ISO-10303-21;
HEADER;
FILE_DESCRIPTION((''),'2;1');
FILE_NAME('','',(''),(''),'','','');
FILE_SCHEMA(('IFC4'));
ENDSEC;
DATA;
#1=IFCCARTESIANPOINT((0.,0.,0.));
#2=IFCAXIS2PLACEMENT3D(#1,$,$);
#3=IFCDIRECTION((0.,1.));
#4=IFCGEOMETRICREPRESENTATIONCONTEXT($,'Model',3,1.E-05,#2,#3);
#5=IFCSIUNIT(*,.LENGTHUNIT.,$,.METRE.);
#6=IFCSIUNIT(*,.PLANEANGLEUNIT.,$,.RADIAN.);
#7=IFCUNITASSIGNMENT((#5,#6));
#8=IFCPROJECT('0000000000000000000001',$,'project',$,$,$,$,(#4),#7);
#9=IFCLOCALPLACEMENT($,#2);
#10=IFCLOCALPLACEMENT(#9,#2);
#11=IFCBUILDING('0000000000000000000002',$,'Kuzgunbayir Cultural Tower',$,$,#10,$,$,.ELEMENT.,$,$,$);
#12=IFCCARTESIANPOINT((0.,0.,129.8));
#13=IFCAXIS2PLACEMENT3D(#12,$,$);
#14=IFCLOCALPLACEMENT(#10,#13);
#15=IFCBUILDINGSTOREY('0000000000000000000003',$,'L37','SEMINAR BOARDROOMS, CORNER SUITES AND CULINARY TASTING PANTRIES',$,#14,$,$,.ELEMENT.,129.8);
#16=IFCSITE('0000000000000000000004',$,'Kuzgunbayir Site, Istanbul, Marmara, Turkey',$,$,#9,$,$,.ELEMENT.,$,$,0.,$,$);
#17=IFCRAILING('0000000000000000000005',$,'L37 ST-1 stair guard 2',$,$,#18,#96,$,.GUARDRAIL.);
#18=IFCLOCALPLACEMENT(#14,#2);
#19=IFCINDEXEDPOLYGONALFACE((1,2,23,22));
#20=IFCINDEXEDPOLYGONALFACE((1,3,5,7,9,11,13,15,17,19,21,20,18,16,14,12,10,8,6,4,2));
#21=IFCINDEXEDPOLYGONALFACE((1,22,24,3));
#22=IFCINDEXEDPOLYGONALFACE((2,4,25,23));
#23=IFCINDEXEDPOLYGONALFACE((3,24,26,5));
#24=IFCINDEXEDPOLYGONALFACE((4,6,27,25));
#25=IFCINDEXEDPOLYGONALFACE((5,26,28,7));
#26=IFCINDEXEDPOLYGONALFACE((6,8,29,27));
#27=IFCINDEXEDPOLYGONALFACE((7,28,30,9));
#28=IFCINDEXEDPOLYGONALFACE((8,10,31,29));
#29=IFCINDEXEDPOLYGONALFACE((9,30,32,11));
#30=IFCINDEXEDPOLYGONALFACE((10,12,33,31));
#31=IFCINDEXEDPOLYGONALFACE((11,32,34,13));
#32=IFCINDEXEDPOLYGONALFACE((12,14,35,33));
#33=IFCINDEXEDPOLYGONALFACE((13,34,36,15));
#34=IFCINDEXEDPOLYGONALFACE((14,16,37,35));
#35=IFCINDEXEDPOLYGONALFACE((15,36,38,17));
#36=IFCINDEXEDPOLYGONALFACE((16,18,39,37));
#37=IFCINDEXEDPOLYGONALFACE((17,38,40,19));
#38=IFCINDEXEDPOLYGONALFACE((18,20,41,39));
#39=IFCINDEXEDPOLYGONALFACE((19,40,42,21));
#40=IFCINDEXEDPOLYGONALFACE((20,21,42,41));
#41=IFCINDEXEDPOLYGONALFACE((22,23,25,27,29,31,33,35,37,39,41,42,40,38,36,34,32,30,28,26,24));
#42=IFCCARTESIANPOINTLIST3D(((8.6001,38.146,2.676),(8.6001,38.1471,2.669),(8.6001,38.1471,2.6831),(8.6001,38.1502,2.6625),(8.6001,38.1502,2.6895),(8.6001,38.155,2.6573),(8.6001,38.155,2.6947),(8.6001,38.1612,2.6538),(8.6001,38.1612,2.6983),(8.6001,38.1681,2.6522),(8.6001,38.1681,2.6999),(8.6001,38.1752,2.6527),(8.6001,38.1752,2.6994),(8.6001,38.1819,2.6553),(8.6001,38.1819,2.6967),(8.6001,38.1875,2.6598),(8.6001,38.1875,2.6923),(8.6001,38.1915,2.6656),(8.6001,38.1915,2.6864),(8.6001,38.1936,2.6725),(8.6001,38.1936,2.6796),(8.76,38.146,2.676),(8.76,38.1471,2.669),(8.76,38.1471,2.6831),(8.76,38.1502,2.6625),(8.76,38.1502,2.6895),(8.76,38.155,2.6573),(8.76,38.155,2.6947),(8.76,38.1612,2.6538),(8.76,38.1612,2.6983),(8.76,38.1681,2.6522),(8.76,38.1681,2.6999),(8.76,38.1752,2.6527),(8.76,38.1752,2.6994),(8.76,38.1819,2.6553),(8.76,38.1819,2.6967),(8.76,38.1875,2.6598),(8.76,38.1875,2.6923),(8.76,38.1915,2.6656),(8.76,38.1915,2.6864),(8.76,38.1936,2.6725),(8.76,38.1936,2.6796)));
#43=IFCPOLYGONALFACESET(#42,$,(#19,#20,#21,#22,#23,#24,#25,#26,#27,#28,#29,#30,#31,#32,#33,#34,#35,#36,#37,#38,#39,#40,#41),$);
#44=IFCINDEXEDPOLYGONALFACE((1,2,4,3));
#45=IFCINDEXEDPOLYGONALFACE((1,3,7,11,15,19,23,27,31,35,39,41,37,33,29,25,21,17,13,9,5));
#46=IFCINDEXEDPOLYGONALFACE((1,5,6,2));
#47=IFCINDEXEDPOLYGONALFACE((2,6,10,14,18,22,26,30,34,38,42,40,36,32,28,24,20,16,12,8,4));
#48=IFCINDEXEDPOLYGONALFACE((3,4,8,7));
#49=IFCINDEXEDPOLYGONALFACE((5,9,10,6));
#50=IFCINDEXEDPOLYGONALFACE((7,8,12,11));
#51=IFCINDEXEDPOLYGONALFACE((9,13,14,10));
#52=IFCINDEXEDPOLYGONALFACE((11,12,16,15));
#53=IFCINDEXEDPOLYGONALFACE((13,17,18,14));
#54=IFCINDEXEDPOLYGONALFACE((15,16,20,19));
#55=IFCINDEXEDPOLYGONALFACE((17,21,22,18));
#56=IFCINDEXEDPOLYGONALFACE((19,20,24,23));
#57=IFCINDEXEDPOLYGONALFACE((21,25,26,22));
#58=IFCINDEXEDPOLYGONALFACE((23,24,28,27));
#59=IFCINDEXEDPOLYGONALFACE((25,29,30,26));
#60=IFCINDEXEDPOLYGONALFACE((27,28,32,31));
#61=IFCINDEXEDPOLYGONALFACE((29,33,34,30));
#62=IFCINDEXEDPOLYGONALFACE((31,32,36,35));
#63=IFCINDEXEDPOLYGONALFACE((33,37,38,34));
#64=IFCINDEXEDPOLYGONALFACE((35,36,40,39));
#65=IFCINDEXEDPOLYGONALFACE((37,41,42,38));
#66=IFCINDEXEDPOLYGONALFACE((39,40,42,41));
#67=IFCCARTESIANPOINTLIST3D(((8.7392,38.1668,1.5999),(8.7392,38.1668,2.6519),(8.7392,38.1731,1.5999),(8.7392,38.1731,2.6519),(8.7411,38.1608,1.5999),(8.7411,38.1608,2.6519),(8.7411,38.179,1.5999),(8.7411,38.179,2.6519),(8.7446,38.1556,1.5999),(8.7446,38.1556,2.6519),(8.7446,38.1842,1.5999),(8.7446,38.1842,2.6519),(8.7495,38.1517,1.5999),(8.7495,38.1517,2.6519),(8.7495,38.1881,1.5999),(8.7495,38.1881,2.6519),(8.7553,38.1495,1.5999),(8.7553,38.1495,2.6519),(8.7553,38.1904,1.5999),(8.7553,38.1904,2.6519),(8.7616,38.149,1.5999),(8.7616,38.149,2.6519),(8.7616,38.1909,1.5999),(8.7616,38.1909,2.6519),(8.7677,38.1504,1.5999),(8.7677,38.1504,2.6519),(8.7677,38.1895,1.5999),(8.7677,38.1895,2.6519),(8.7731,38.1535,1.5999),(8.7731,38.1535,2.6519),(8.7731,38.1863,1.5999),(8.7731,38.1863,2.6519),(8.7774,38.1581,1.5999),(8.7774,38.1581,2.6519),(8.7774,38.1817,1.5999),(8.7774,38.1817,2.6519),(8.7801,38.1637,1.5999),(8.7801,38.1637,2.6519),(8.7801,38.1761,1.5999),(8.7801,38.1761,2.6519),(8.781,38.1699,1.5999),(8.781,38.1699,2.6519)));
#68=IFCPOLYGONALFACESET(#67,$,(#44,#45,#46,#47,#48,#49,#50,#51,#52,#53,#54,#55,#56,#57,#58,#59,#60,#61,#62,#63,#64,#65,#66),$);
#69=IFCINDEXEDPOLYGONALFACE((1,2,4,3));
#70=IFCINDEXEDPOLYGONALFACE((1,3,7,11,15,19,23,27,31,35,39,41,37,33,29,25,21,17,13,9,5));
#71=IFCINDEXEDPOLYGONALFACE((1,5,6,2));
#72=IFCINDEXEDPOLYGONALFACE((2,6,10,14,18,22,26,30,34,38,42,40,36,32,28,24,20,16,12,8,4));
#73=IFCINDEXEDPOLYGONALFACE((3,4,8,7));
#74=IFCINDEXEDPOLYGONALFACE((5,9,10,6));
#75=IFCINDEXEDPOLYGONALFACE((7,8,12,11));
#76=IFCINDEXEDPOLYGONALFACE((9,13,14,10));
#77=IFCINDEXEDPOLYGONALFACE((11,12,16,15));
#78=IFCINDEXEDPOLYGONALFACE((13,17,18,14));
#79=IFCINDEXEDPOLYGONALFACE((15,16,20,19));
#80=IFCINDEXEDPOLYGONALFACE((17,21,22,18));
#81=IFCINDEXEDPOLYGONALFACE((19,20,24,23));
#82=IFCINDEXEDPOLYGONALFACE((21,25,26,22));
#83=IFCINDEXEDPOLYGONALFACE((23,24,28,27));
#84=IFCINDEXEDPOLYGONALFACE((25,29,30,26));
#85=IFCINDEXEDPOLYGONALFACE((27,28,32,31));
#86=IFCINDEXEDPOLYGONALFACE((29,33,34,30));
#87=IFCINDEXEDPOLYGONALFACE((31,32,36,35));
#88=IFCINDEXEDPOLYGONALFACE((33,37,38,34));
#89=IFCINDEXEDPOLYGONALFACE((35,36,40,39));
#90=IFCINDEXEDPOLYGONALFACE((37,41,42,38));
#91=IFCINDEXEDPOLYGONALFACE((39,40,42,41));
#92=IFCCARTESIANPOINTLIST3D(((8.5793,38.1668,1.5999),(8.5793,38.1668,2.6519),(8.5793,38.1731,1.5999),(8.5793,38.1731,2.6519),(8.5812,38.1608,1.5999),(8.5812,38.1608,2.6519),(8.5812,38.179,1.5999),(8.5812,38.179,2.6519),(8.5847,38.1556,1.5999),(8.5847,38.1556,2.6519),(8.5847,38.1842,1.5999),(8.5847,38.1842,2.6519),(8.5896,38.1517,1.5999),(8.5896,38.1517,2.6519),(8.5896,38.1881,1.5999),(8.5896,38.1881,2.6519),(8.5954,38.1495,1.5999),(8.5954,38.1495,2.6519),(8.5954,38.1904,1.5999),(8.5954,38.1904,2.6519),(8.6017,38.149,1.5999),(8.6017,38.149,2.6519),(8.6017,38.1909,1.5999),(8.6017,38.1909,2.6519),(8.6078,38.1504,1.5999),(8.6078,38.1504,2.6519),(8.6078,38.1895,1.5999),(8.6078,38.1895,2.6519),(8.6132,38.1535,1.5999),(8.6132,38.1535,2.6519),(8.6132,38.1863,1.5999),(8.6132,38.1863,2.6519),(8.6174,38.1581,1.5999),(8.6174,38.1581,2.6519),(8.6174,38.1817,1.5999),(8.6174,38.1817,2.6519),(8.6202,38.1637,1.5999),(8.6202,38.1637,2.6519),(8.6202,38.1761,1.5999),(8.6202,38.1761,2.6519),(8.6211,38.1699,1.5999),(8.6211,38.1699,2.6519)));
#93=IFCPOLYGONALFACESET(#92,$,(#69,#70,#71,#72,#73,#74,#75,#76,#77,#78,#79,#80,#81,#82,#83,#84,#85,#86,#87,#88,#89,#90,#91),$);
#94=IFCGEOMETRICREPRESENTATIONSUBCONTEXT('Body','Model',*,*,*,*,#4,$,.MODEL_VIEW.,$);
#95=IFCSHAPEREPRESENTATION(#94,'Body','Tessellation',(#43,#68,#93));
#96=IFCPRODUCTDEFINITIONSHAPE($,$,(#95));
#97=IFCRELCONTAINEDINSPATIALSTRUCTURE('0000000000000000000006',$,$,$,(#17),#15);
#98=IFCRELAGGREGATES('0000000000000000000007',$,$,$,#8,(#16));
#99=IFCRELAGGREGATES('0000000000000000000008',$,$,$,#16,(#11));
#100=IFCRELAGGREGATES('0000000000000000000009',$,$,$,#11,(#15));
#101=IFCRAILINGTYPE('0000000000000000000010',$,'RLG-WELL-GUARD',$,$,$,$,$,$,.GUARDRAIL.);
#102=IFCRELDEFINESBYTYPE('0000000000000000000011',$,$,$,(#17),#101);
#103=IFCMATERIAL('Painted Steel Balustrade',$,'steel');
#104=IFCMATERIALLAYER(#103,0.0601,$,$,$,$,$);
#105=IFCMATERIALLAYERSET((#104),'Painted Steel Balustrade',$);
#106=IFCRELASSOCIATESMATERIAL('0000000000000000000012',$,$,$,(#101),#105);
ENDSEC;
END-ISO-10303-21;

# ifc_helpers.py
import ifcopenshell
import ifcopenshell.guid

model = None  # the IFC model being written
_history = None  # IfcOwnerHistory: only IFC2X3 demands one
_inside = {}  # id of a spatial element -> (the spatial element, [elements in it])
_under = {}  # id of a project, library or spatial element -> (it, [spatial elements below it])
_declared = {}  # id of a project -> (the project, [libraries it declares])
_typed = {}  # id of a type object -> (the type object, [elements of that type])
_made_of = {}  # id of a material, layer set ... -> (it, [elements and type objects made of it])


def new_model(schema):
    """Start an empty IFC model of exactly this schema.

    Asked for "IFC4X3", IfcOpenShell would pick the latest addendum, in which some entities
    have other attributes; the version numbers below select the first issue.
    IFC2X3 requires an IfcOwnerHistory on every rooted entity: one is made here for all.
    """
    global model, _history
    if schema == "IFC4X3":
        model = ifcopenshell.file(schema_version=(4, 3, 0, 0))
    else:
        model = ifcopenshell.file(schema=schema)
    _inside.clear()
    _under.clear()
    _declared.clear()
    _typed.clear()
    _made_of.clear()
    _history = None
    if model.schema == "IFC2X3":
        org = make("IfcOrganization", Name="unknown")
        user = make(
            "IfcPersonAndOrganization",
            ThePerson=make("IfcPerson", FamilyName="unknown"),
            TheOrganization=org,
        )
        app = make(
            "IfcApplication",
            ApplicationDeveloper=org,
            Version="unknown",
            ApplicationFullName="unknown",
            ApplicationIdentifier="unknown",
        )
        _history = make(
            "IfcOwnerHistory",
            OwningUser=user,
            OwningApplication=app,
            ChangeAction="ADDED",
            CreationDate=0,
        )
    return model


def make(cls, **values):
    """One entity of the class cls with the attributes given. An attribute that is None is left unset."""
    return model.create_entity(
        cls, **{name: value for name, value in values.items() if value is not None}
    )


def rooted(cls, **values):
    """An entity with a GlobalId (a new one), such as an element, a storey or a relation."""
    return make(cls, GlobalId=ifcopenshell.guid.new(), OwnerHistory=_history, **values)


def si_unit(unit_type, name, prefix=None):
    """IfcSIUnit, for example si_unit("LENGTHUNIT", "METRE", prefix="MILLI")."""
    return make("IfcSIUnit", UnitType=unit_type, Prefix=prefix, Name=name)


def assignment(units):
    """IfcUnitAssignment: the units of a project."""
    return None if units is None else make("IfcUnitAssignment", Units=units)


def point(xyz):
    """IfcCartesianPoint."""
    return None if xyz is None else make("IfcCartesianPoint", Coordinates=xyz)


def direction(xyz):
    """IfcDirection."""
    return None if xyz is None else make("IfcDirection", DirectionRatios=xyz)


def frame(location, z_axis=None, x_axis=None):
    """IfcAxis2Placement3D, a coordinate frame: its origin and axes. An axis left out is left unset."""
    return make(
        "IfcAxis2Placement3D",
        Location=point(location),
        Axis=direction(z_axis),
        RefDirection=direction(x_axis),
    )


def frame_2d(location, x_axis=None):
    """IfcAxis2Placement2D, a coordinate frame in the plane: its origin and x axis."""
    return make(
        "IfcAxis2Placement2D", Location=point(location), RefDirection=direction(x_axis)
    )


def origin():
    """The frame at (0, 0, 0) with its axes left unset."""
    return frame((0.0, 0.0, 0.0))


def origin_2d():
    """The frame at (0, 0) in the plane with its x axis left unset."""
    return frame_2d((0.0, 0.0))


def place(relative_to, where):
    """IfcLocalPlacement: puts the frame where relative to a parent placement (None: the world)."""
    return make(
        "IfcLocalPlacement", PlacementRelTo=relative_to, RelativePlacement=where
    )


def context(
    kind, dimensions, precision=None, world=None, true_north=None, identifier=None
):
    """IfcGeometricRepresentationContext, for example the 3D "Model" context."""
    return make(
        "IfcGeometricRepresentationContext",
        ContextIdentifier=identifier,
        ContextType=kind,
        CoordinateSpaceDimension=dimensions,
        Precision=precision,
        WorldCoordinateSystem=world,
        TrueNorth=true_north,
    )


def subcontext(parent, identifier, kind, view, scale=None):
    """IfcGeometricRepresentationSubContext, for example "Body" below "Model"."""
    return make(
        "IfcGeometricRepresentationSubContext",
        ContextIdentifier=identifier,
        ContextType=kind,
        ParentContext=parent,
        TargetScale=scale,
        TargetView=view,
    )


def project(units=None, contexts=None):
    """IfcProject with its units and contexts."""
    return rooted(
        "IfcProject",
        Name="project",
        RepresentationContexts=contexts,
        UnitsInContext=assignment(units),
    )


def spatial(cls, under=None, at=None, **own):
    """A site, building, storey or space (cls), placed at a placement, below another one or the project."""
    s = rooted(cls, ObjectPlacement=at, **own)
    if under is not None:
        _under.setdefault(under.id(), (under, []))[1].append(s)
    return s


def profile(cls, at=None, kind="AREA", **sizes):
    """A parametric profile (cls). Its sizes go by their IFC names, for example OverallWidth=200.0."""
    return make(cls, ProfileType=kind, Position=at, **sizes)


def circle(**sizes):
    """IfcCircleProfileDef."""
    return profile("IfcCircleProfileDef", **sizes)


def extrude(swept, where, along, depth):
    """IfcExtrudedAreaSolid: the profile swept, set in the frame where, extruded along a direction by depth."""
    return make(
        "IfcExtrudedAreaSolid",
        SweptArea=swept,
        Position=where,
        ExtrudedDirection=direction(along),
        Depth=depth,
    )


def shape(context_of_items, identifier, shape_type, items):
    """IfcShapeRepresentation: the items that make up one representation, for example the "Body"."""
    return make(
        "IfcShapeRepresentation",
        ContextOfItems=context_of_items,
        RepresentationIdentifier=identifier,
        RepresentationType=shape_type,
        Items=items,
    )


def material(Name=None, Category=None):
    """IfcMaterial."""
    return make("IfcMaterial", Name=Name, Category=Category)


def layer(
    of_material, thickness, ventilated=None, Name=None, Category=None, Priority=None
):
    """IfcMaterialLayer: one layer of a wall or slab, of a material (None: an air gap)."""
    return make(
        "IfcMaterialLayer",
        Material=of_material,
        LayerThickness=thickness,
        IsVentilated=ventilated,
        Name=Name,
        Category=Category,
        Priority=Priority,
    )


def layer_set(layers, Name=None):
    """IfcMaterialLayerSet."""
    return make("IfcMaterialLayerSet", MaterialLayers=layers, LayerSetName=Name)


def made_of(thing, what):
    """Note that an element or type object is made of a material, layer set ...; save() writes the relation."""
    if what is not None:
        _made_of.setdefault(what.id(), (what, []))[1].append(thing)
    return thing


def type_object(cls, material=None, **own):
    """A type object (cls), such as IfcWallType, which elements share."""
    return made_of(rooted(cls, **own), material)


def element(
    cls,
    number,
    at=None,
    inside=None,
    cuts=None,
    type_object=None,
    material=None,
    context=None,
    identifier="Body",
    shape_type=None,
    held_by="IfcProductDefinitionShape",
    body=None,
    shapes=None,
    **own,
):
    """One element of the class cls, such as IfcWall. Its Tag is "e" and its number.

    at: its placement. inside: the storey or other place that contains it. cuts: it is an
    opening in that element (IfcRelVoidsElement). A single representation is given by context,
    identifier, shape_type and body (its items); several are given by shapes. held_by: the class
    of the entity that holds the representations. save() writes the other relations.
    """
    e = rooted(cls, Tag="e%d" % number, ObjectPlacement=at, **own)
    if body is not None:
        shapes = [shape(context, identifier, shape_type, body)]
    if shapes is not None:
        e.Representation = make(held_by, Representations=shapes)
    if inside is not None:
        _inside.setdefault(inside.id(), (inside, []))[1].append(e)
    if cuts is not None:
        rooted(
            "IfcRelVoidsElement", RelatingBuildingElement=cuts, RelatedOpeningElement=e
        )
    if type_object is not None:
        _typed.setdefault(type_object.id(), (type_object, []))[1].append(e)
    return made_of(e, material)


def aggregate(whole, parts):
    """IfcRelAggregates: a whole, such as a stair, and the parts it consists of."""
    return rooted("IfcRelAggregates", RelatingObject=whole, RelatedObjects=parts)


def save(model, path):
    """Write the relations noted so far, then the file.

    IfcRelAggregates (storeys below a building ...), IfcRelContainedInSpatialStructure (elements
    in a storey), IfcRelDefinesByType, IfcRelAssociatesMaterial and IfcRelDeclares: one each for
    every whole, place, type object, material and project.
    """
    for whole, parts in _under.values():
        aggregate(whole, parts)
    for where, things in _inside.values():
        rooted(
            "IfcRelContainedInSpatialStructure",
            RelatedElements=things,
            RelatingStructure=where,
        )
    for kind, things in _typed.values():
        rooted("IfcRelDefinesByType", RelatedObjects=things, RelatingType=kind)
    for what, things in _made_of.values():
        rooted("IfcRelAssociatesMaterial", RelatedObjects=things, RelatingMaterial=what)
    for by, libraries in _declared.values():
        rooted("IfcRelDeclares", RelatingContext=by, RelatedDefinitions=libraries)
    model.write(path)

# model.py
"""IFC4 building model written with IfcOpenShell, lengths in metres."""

from ifc_helpers import new_model, si_unit, direction, frame, origin, origin_2d, place, context, subcontext, project, spatial, circle, extrude, material, layer, layer_set, type_object, element, save


model = new_model("IFC4")

# Units and contexts
model_context = context("Model", 3, precision=1e-05, world=origin(), true_north=direction((0.0, 1.0)))
body_context = subcontext(model_context, "Body", "Model", "MODEL_VIEW")
ifc_project = project(units=[si_unit("LENGTHUNIT", "METRE"), si_unit("PLANEANGLEUNIT", "RADIAN")], contexts=[model_context])

# Site, building, storey
site_placement = place(None, origin())
site = spatial("IfcSite", under=ifc_project, at=site_placement, Name="Kuzgunbayir Site, Istanbul, Marmara, Turkey", CompositionType="ELEMENT", RefElevation=0.0)
building_placement = place(site_placement, origin())
building = spatial("IfcBuilding", under=site, at=building_placement, Name="Kuzgunbayir Cultural Tower", CompositionType="ELEMENT")
storey_placement = place(building_placement, frame((0.0, 0.0, 129.8)))
storey = spatial("IfcBuildingStorey", under=building, at=storey_placement, Name="L37", Description="SEMINAR BOARDROOMS, CORNER SUITES AND CULINARY TASTING PANTRIES", CompositionType="ELEMENT", Elevation=129.8)

# Railing
ifc_material_1 = material(Name="Painted Steel Balustrade", Category="steel")
ifc_layer_1 = layer(ifc_material_1, 0.0601)
ifc_layer_set_1 = layer_set([ifc_layer_1], Name="Painted Steel Balustrade")
railing_type_1 = type_object("IfcRailingType", Name="RLG-WELL-GUARD", PredefinedType="GUARDRAIL", material=ifc_layer_set_1)
railing_1_placement = place(storey_placement, frame((8.76, 38.1699, 1.5999)))
element("IfcRailing", 1, at=railing_1_placement, inside=storey, type_object=railing_type_1, Name="L37 ST-1 stair guard 2", PredefinedType="GUARDRAIL", context=body_context, shape_type="SweptSolid", body=[
    extrude(circle(Radius=0.0239, at=origin_2d()), frame((0.0, 0.0, 1.0762), z_axis=(-1.0, 0.0, 0.0), x_axis=(0.0, -1.0, 0.0)), (0.0, 0.0, 1.0), 0.1599),
    extrude(circle(Radius=0.021, at=origin_2d()), origin(), (0.0, 0.0, 1.0), 1.052),
    extrude(circle(Radius=0.021, at=origin_2d()), frame((-0.1599, 0.0, 0.0)), (0.0, 0.0, 1.0), 1.052),
])

save(model, "model.ifc")
